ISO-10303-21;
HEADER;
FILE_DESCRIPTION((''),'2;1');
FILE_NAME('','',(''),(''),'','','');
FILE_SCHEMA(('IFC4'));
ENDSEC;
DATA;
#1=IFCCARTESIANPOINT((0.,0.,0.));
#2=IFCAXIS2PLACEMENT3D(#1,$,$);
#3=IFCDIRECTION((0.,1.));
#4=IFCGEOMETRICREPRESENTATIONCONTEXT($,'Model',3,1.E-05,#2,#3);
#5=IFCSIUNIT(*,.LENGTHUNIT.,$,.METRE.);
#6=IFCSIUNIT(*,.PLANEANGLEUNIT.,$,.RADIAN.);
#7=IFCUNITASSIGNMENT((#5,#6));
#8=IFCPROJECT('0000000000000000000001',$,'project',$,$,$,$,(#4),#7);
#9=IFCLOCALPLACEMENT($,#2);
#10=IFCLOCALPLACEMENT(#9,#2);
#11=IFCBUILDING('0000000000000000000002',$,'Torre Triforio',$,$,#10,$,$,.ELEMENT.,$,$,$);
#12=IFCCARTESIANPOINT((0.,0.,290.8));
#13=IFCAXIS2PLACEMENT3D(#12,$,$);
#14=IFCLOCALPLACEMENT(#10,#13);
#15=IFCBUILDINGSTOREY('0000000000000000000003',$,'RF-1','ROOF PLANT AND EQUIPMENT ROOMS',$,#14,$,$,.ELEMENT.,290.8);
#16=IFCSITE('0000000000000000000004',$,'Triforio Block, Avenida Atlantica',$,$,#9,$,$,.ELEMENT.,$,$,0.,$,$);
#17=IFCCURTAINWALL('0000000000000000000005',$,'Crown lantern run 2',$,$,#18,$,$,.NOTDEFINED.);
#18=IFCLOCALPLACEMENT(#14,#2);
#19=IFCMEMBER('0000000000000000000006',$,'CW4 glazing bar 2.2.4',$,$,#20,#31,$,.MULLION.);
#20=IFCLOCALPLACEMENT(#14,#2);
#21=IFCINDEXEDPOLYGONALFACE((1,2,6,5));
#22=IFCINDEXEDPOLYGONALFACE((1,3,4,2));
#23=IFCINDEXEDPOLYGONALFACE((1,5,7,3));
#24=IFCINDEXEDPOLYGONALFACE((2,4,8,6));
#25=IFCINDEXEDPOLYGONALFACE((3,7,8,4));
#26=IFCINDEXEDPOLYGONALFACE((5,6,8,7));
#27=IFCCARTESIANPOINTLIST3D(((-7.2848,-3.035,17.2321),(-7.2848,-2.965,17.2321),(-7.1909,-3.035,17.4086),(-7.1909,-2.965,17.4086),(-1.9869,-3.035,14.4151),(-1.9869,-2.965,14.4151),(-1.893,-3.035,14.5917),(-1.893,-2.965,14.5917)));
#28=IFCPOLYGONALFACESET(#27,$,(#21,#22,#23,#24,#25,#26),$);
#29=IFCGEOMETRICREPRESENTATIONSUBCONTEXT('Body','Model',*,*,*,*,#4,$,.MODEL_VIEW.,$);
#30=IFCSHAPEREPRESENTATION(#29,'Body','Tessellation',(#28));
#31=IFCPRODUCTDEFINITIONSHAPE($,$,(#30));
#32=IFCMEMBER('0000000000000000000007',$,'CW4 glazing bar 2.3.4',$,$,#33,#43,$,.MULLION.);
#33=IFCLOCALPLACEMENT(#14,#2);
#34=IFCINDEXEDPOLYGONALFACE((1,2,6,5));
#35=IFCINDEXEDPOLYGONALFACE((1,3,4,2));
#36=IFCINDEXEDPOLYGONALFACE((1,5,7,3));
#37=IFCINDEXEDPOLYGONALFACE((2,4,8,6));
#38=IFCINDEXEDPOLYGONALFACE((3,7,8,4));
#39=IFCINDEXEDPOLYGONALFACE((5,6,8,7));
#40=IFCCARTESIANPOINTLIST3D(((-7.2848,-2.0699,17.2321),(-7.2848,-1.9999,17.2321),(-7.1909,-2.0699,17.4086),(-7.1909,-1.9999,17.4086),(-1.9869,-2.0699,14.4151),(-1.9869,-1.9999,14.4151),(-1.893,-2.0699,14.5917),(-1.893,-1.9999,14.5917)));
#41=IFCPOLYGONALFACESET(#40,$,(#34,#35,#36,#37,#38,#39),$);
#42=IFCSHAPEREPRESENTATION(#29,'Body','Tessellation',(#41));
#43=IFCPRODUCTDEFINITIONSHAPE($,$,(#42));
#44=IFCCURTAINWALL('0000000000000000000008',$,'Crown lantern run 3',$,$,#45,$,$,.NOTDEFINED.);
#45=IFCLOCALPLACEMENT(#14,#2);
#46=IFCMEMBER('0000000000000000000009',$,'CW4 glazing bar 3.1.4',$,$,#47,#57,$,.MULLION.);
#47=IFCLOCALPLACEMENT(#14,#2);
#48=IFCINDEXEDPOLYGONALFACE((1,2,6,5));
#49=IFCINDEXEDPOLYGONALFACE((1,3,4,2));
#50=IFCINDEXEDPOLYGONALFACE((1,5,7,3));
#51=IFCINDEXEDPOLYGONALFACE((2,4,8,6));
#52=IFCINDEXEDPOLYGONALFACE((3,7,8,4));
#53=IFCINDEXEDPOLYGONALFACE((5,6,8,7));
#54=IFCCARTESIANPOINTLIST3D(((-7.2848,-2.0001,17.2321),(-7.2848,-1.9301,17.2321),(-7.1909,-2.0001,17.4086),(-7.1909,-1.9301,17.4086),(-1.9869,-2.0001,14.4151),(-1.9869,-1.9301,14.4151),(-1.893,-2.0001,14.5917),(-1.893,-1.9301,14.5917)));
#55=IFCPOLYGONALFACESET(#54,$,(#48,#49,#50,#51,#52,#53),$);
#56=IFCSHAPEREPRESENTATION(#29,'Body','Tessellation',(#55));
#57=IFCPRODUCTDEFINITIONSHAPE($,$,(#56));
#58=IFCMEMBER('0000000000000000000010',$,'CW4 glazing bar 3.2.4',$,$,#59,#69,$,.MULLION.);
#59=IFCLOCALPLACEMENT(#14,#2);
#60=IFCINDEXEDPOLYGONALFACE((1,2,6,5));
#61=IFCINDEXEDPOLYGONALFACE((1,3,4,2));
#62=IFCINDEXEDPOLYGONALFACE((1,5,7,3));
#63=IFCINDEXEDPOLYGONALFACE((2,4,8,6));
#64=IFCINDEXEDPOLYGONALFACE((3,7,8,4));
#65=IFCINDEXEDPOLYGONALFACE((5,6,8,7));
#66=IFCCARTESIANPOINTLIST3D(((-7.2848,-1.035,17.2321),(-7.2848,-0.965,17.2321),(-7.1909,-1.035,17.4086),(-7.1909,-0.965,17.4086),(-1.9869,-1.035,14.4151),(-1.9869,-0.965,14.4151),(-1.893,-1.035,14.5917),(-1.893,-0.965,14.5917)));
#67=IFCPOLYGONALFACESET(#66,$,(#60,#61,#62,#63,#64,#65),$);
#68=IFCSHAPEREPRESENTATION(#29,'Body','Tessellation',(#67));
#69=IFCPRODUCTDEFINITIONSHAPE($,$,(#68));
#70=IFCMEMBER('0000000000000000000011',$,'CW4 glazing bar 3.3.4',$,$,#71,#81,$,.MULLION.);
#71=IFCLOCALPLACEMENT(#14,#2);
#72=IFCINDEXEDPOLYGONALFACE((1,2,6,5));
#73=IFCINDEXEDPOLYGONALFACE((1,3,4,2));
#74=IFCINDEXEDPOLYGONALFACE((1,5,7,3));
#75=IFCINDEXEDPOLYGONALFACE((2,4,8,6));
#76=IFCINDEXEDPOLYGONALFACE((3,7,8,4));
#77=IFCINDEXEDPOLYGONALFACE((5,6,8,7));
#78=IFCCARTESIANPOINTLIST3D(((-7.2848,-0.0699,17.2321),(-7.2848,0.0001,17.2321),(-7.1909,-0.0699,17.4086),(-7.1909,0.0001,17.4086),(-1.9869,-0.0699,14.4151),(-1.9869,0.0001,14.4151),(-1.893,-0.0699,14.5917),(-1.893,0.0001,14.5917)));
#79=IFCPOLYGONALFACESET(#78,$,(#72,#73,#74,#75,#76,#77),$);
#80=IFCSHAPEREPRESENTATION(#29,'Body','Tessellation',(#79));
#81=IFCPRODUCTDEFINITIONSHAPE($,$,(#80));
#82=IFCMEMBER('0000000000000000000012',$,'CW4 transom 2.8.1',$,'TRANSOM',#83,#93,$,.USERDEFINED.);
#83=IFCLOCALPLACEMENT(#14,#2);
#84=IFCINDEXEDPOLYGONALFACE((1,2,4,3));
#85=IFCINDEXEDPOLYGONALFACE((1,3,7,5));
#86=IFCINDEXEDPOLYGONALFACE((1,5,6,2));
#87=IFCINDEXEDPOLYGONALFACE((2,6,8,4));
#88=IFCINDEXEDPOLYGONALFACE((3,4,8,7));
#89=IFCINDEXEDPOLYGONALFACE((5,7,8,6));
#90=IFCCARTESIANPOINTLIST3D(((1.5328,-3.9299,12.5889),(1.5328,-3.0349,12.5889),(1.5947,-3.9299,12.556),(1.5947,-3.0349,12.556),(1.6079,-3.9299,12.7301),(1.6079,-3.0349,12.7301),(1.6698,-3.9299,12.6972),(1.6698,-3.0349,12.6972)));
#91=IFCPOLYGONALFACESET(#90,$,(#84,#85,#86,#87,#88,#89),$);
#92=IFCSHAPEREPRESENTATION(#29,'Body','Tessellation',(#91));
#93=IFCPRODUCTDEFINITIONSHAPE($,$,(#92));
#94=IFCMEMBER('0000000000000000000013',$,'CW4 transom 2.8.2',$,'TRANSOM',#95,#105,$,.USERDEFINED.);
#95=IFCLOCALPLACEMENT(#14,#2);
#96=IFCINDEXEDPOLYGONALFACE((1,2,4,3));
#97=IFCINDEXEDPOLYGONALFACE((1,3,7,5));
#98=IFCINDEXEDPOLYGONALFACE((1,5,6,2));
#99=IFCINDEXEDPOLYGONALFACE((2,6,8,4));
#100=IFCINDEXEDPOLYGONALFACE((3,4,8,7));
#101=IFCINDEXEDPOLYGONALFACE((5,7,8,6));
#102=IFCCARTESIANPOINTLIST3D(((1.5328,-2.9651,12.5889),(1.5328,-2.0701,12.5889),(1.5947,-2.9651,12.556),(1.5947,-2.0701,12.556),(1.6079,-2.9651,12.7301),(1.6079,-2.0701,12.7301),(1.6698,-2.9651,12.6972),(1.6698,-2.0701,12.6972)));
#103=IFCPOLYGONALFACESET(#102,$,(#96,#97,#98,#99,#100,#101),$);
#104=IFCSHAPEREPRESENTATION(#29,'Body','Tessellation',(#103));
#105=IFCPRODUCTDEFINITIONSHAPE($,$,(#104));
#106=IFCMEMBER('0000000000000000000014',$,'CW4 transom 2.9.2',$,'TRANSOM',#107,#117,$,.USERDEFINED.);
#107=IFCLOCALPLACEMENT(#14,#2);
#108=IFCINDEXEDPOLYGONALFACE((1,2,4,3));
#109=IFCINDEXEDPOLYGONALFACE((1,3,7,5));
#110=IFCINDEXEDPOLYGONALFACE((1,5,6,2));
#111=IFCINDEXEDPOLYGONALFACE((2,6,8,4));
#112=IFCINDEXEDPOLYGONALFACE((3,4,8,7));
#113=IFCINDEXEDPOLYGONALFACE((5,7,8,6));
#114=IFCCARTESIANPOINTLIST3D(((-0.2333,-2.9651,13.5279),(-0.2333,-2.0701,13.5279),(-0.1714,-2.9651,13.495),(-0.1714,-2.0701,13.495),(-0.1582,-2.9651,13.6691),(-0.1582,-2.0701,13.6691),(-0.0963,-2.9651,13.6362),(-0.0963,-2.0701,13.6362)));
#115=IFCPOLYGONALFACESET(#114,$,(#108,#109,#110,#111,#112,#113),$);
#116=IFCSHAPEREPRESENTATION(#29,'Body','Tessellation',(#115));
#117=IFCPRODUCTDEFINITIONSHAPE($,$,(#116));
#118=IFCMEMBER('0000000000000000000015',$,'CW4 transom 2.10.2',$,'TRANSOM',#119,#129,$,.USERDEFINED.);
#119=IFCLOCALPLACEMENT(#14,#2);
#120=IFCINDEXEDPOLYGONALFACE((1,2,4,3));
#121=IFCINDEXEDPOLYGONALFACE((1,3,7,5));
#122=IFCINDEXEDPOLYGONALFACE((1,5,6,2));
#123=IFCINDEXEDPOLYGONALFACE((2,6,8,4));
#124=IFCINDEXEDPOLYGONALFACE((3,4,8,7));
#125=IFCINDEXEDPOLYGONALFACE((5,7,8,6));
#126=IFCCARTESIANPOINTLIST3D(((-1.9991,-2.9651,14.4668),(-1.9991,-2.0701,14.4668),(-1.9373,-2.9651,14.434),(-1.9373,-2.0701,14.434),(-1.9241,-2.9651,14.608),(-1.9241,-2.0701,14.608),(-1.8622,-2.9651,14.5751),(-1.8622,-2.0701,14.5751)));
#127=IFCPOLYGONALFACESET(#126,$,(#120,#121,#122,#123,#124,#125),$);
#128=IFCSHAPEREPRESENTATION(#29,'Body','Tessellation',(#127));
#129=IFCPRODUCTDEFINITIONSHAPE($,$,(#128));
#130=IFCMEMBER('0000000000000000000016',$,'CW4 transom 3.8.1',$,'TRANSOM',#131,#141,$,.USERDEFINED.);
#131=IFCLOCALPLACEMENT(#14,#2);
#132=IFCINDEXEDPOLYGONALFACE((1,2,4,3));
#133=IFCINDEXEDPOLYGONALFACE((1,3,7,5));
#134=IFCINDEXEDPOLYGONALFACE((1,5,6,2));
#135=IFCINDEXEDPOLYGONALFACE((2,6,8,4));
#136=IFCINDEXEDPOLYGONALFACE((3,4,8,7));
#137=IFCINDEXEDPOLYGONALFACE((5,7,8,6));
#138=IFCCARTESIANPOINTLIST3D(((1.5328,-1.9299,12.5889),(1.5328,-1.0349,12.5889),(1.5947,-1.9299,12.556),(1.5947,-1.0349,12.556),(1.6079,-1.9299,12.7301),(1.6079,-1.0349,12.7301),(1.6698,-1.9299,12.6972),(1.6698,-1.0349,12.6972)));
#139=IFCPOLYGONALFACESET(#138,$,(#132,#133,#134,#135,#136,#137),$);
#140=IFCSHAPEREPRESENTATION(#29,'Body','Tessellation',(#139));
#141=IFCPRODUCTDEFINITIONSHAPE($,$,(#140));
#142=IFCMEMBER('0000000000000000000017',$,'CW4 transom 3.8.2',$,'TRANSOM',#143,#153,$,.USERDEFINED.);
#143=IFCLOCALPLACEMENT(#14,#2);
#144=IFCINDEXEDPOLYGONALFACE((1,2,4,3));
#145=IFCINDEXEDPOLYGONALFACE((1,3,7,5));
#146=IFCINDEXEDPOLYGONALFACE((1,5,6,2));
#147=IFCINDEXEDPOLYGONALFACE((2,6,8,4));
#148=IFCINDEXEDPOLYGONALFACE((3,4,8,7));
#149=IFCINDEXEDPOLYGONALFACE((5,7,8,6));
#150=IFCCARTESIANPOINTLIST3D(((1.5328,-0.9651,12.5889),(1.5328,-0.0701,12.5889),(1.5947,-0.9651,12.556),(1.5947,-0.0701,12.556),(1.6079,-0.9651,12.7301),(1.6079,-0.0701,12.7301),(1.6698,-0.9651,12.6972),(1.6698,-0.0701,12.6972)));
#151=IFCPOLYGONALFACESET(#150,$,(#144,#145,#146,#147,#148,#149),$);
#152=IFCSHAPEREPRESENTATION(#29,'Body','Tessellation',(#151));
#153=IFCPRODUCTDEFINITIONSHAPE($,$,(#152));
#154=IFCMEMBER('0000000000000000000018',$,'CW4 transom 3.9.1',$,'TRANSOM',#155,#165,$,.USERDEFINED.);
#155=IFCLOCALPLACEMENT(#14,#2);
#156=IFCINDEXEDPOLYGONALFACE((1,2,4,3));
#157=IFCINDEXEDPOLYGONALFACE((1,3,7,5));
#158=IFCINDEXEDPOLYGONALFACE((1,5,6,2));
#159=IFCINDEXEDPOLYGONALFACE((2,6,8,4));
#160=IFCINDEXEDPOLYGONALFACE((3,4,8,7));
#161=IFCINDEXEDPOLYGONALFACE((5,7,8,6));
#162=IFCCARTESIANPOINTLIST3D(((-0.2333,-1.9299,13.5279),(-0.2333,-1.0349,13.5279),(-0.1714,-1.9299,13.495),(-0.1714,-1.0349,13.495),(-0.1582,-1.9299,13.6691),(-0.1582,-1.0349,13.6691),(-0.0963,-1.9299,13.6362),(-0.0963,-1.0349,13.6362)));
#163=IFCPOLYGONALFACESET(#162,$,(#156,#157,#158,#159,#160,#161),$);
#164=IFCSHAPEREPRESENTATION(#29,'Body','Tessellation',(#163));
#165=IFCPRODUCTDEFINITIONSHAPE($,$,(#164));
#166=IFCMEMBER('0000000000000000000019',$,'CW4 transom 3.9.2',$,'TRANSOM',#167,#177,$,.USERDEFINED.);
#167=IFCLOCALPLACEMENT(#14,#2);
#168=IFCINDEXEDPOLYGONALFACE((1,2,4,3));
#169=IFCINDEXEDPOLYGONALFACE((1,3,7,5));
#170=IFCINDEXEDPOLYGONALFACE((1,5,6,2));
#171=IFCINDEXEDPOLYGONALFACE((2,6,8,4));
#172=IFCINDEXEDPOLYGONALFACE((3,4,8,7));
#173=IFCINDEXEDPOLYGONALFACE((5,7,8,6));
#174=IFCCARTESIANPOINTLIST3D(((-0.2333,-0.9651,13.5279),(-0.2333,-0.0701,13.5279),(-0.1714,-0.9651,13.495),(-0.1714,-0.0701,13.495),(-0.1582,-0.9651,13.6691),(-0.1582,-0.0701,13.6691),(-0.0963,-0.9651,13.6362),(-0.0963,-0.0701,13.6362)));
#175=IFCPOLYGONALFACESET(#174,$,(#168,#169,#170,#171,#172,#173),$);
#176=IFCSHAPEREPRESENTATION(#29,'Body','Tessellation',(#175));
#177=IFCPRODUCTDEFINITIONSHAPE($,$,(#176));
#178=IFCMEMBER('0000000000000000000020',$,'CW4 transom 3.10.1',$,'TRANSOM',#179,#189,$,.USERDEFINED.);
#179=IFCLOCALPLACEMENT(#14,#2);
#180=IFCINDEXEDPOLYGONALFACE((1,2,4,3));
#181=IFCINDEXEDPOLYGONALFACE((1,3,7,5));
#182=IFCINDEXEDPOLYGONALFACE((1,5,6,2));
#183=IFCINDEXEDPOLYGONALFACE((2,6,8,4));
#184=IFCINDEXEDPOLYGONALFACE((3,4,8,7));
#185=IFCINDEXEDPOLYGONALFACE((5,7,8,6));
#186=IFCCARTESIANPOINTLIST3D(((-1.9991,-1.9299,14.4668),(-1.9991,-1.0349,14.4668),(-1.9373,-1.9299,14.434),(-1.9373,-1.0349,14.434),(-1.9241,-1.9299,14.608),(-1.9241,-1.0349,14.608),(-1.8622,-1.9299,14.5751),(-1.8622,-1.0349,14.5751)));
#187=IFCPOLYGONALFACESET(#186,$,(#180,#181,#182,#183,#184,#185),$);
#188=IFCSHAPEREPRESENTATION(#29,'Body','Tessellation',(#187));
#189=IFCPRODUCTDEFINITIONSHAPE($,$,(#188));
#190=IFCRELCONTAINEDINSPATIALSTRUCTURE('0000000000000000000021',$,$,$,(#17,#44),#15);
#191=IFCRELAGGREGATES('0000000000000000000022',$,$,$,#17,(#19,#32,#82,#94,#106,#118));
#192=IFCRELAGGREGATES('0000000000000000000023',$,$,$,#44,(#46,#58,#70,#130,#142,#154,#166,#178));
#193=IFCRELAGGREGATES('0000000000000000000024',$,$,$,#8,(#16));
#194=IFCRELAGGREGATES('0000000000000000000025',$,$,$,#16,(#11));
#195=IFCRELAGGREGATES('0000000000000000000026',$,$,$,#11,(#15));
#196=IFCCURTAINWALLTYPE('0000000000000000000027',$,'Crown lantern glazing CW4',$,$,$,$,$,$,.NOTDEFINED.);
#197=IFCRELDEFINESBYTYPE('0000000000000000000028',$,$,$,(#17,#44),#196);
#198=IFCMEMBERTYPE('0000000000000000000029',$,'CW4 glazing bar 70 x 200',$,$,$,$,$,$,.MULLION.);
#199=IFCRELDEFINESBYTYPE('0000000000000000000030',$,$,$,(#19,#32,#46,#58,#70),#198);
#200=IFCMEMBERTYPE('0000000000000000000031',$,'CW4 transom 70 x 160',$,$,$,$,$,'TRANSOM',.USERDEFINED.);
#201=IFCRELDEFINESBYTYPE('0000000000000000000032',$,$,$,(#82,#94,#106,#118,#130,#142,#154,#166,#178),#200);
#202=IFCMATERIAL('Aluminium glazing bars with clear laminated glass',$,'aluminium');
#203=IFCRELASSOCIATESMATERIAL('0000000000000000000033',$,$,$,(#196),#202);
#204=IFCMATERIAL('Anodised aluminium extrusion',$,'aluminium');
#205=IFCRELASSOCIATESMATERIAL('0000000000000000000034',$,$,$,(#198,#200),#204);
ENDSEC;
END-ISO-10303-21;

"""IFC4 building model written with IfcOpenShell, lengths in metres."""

from ifc_helpers import new_model, si_unit, direction, frame, origin, origin_2d, place, context, subcontext, project, spatial, rectangle, extrude, material, material_profile, profile_set, type_object, element, aggregate, save


model = new_model("IFC4")

# Units and contexts
model_context = context("Model", 3, precision=1e-05, world=origin(), true_north=direction((0.0, 1.0)))
body_context = subcontext(model_context, "Body", "Model", "MODEL_VIEW")
ifc_project = project(units=[si_unit("LENGTHUNIT", "METRE"), si_unit("PLANEANGLEUNIT", "RADIAN")], contexts=[model_context])

# Site, building, storey
site_placement = place(None, origin())
site = spatial("IfcSite", under=ifc_project, at=site_placement, Name="Triforio Block, Avenida Atlantica", CompositionType="ELEMENT", RefElevation=0.0)
building_placement = place(site_placement, origin())
building = spatial("IfcBuilding", under=site, at=building_placement, Name="Torre Triforio", CompositionType="ELEMENT")
storey_placement = place(building_placement, frame((0.0, 0.0, 290.8)))
storey = spatial("IfcBuildingStorey", under=building, at=storey_placement, Name="RF-1", Description="ROOF PLANT AND EQUIPMENT ROOMS", CompositionType="ELEMENT", Elevation=290.8)

# Curtain walls, members
ifc_material_1 = material(Name="Aluminium glazing bars with clear laminated glass", Category="aluminium")
curtain_wall_type = type_object("IfcCurtainWallType", Name="Crown lantern glazing CW4", PredefinedType="NOTDEFINED", material=ifc_material_1)
curtain_wall_1_placement = place(storey_placement, origin())
curtain_wall_1 = element("IfcCurtainWall", 1, at=curtain_wall_1_placement, inside=storey, type_object=curtain_wall_type, Name="Crown lantern run 2", PredefinedType="NOTDEFINED")
ifc_material_2 = material(Name="Anodised aluminium extrusion", Category="aluminium")
ifc_material_profile_1 = material_profile(ifc_material_2, rectangle(XDim=0.0701, YDim=0.2, at=origin_2d()), Name="CW4 MULLION 70x200")
ifc_profile_set_1 = profile_set([ifc_material_profile_1], Name="Anodised aluminium extrusion")
member_type_1 = type_object("IfcMemberType", Name="CW4 glazing bar 70 x 200", PredefinedType="MULLION", material=ifc_profile_set_1)
member_1_placement = place(storey_placement, frame((-1.9399, -3.0, 14.5034), z_axis=(-0.882949, 0.0, 0.469469), x_axis=(0.0, -1.0, 0.0)))
member_1 = element("IfcMember", 2, at=member_1_placement, type_object=member_type_1, Name="CW4 glazing bar 2.2.4", PredefinedType="MULLION", context=body_context, shape_type="SweptSolid", body=[
    extrude(rectangle(XDim=0.0701, YDim=0.2, at=origin_2d()), origin(), (0.0, 0.0, 1.0), 6.0002),
])
member_2_placement = place(storey_placement, frame((-1.9399, -2.0349, 14.5034), z_axis=(-0.882949, 0.0, 0.469469), x_axis=(0.0, -1.0, 0.0)))
member_2 = element("IfcMember", 3, at=member_2_placement, type_object=member_type_1, Name="CW4 glazing bar 2.3.4", PredefinedType="MULLION", context=body_context, shape_type="SweptSolid", body=[
    extrude(rectangle(XDim=0.0701, YDim=0.2, at=origin_2d()), origin(), (0.0, 0.0, 1.0), 6.0002),
])
curtain_wall_2_placement = place(storey_placement, origin())
curtain_wall_2 = element("IfcCurtainWall", 4, at=curtain_wall_2_placement, inside=storey, type_object=curtain_wall_type, Name="Crown lantern run 3", PredefinedType="NOTDEFINED")
member_3_placement = place(storey_placement, frame((-1.9399, -1.9651, 14.5034), z_axis=(-0.882949, 0.0, 0.469469), x_axis=(0.0, -1.0, 0.0)))
member_3 = element("IfcMember", 5, at=member_3_placement, type_object=member_type_1, Name="CW4 glazing bar 3.1.4", PredefinedType="MULLION", context=body_context, shape_type="SweptSolid", body=[
    extrude(rectangle(XDim=0.0701, YDim=0.2, at=origin_2d()), origin(), (0.0, 0.0, 1.0), 6.0002),
])
member_4_placement = place(storey_placement, frame((-1.9399, -1.0, 14.5034), z_axis=(-0.882949, 0.0, 0.469469), x_axis=(0.0, -1.0, 0.0)))
member_4 = element("IfcMember", 6, at=member_4_placement, type_object=member_type_1, Name="CW4 glazing bar 3.2.4", PredefinedType="MULLION", context=body_context, shape_type="SweptSolid", body=[
    extrude(rectangle(XDim=0.0701, YDim=0.2, at=origin_2d()), origin(), (0.0, 0.0, 1.0), 6.0002),
])
member_5_placement = place(storey_placement, frame((-1.9399, -0.0349, 14.5034), z_axis=(-0.882949, 0.0, 0.469469), x_axis=(0.0, -1.0, 0.0)))
member_5 = element("IfcMember", 7, at=member_5_placement, type_object=member_type_1, Name="CW4 glazing bar 3.3.4", PredefinedType="MULLION", context=body_context, shape_type="SweptSolid", body=[
    extrude(rectangle(XDim=0.0701, YDim=0.2, at=origin_2d()), origin(), (0.0, 0.0, 1.0), 6.0002),
])

# Members
ifc_material_profile_2 = material_profile(ifc_material_2, rectangle(XDim=0.0701, YDim=0.1599, at=origin_2d()), Name="CW4 TRANSOM 70x160")
ifc_profile_set_2 = profile_set([ifc_material_profile_2], Name="Anodised aluminium extrusion")
member_type_2 = type_object("IfcMemberType", Name="CW4 transom 70 x 160", ElementType="TRANSOM", PredefinedType="USERDEFINED", material=ifc_profile_set_2)
member_6_placement = place(storey_placement, frame((1.6013, -3.9299, 12.6431), z_axis=(0.0, 1.0, 0.0), x_axis=(-0.882948, 0.0, 0.469472)))
member_6 = element("IfcMember", 8, at=member_6_placement, type_object=member_type_2, Name="CW4 transom 2.8.1", ObjectType="TRANSOM", PredefinedType="USERDEFINED", context=body_context, shape_type="SweptSolid", body=[
    extrude(rectangle(XDim=0.0701, YDim=0.1599, at=origin_2d()), origin(), (0.0, 0.0, 1.0), 0.895),
])
member_7_placement = place(storey_placement, frame((1.6013, -2.9651, 12.6431), z_axis=(0.0, 1.0, 0.0), x_axis=(-0.882948, 0.0, 0.469472)))
member_7 = element("IfcMember", 9, at=member_7_placement, type_object=member_type_2, Name="CW4 transom 2.8.2", ObjectType="TRANSOM", PredefinedType="USERDEFINED", context=body_context, shape_type="SweptSolid", body=[
    extrude(rectangle(XDim=0.0701, YDim=0.1599, at=origin_2d()), origin(), (0.0, 0.0, 1.0), 0.895),
])
member_8_placement = place(storey_placement, frame((-0.1648, -2.9651, 13.582), z_axis=(0.0, 1.0, 0.0), x_axis=(-0.882948, 0.0, 0.469472)))
member_8 = element("IfcMember", 10, at=member_8_placement, type_object=member_type_2, Name="CW4 transom 2.9.2", ObjectType="TRANSOM", PredefinedType="USERDEFINED", context=body_context, shape_type="SweptSolid", body=[
    extrude(rectangle(XDim=0.0701, YDim=0.1599, at=origin_2d()), origin(), (0.0, 0.0, 1.0), 0.895),
])
member_9_placement = place(storey_placement, frame((-1.9307, -2.9651, 14.521), z_axis=(0.0, 1.0, 0.0), x_axis=(-0.882948, 0.0, 0.469472)))
member_9 = element("IfcMember", 11, at=member_9_placement, type_object=member_type_2, Name="CW4 transom 2.10.2", ObjectType="TRANSOM", PredefinedType="USERDEFINED", context=body_context, shape_type="SweptSolid", body=[
    extrude(rectangle(XDim=0.0701, YDim=0.1599, at=origin_2d()), origin(), (0.0, 0.0, 1.0), 0.895),
])
member_10_placement = place(storey_placement, frame((1.6013, -1.9299, 12.6431), z_axis=(0.0, 1.0, 0.0), x_axis=(-0.882948, 0.0, 0.469472)))
member_10 = element("IfcMember", 12, at=member_10_placement, type_object=member_type_2, Name="CW4 transom 3.8.1", ObjectType="TRANSOM", PredefinedType="USERDEFINED", context=body_context, shape_type="SweptSolid", body=[
    extrude(rectangle(XDim=0.0701, YDim=0.1599, at=origin_2d()), origin(), (0.0, 0.0, 1.0), 0.895),
])
member_11_placement = place(storey_placement, frame((1.6013, -0.9651, 12.6431), z_axis=(0.0, 1.0, 0.0), x_axis=(-0.882948, 0.0, 0.469472)))
member_11 = element("IfcMember", 13, at=member_11_placement, type_object=member_type_2, Name="CW4 transom 3.8.2", ObjectType="TRANSOM", PredefinedType="USERDEFINED", context=body_context, shape_type="SweptSolid", body=[
    extrude(rectangle(XDim=0.0701, YDim=0.1599, at=origin_2d()), origin(), (0.0, 0.0, 1.0), 0.895),
])
member_12_placement = place(storey_placement, frame((-0.1648, -1.9299, 13.582), z_axis=(0.0, 1.0, 0.0), x_axis=(-0.882948, 0.0, 0.469472)))
member_12 = element("IfcMember", 14, at=member_12_placement, type_object=member_type_2, Name="CW4 transom 3.9.1", ObjectType="TRANSOM", PredefinedType="USERDEFINED", context=body_context, shape_type="SweptSolid", body=[
    extrude(rectangle(XDim=0.0701, YDim=0.1599, at=origin_2d()), origin(), (0.0, 0.0, 1.0), 0.895),
])
member_13_placement = place(storey_placement, frame((-0.1648, -0.9651, 13.582), z_axis=(0.0, 1.0, 0.0), x_axis=(-0.882948, 0.0, 0.469472)))
member_13 = element("IfcMember", 15, at=member_13_placement, type_object=member_type_2, Name="CW4 transom 3.9.2", ObjectType="TRANSOM", PredefinedType="USERDEFINED", context=body_context, shape_type="SweptSolid", body=[
    extrude(rectangle(XDim=0.0701, YDim=0.1599, at=origin_2d()), origin(), (0.0, 0.0, 1.0), 0.895),
])
member_14_placement = place(storey_placement, frame((-1.9307, -1.9299, 14.521), z_axis=(0.0, 1.0, 0.0), x_axis=(-0.882948, 0.0, 0.469472)))
member_14 = element("IfcMember", 16, at=member_14_placement, type_object=member_type_2, Name="CW4 transom 3.10.1", ObjectType="TRANSOM", PredefinedType="USERDEFINED", context=body_context, shape_type="SweptSolid", body=[
    extrude(rectangle(XDim=0.0701, YDim=0.1599, at=origin_2d()), origin(), (0.0, 0.0, 1.0), 0.895),
])

aggregate(curtain_wall_1, [member_1, member_2, member_6, member_7, member_8, member_9])
aggregate(curtain_wall_2, [member_3, member_4, member_5, member_10, member_11, member_12, member_13, member_14])

save(model, "model.ifc")
